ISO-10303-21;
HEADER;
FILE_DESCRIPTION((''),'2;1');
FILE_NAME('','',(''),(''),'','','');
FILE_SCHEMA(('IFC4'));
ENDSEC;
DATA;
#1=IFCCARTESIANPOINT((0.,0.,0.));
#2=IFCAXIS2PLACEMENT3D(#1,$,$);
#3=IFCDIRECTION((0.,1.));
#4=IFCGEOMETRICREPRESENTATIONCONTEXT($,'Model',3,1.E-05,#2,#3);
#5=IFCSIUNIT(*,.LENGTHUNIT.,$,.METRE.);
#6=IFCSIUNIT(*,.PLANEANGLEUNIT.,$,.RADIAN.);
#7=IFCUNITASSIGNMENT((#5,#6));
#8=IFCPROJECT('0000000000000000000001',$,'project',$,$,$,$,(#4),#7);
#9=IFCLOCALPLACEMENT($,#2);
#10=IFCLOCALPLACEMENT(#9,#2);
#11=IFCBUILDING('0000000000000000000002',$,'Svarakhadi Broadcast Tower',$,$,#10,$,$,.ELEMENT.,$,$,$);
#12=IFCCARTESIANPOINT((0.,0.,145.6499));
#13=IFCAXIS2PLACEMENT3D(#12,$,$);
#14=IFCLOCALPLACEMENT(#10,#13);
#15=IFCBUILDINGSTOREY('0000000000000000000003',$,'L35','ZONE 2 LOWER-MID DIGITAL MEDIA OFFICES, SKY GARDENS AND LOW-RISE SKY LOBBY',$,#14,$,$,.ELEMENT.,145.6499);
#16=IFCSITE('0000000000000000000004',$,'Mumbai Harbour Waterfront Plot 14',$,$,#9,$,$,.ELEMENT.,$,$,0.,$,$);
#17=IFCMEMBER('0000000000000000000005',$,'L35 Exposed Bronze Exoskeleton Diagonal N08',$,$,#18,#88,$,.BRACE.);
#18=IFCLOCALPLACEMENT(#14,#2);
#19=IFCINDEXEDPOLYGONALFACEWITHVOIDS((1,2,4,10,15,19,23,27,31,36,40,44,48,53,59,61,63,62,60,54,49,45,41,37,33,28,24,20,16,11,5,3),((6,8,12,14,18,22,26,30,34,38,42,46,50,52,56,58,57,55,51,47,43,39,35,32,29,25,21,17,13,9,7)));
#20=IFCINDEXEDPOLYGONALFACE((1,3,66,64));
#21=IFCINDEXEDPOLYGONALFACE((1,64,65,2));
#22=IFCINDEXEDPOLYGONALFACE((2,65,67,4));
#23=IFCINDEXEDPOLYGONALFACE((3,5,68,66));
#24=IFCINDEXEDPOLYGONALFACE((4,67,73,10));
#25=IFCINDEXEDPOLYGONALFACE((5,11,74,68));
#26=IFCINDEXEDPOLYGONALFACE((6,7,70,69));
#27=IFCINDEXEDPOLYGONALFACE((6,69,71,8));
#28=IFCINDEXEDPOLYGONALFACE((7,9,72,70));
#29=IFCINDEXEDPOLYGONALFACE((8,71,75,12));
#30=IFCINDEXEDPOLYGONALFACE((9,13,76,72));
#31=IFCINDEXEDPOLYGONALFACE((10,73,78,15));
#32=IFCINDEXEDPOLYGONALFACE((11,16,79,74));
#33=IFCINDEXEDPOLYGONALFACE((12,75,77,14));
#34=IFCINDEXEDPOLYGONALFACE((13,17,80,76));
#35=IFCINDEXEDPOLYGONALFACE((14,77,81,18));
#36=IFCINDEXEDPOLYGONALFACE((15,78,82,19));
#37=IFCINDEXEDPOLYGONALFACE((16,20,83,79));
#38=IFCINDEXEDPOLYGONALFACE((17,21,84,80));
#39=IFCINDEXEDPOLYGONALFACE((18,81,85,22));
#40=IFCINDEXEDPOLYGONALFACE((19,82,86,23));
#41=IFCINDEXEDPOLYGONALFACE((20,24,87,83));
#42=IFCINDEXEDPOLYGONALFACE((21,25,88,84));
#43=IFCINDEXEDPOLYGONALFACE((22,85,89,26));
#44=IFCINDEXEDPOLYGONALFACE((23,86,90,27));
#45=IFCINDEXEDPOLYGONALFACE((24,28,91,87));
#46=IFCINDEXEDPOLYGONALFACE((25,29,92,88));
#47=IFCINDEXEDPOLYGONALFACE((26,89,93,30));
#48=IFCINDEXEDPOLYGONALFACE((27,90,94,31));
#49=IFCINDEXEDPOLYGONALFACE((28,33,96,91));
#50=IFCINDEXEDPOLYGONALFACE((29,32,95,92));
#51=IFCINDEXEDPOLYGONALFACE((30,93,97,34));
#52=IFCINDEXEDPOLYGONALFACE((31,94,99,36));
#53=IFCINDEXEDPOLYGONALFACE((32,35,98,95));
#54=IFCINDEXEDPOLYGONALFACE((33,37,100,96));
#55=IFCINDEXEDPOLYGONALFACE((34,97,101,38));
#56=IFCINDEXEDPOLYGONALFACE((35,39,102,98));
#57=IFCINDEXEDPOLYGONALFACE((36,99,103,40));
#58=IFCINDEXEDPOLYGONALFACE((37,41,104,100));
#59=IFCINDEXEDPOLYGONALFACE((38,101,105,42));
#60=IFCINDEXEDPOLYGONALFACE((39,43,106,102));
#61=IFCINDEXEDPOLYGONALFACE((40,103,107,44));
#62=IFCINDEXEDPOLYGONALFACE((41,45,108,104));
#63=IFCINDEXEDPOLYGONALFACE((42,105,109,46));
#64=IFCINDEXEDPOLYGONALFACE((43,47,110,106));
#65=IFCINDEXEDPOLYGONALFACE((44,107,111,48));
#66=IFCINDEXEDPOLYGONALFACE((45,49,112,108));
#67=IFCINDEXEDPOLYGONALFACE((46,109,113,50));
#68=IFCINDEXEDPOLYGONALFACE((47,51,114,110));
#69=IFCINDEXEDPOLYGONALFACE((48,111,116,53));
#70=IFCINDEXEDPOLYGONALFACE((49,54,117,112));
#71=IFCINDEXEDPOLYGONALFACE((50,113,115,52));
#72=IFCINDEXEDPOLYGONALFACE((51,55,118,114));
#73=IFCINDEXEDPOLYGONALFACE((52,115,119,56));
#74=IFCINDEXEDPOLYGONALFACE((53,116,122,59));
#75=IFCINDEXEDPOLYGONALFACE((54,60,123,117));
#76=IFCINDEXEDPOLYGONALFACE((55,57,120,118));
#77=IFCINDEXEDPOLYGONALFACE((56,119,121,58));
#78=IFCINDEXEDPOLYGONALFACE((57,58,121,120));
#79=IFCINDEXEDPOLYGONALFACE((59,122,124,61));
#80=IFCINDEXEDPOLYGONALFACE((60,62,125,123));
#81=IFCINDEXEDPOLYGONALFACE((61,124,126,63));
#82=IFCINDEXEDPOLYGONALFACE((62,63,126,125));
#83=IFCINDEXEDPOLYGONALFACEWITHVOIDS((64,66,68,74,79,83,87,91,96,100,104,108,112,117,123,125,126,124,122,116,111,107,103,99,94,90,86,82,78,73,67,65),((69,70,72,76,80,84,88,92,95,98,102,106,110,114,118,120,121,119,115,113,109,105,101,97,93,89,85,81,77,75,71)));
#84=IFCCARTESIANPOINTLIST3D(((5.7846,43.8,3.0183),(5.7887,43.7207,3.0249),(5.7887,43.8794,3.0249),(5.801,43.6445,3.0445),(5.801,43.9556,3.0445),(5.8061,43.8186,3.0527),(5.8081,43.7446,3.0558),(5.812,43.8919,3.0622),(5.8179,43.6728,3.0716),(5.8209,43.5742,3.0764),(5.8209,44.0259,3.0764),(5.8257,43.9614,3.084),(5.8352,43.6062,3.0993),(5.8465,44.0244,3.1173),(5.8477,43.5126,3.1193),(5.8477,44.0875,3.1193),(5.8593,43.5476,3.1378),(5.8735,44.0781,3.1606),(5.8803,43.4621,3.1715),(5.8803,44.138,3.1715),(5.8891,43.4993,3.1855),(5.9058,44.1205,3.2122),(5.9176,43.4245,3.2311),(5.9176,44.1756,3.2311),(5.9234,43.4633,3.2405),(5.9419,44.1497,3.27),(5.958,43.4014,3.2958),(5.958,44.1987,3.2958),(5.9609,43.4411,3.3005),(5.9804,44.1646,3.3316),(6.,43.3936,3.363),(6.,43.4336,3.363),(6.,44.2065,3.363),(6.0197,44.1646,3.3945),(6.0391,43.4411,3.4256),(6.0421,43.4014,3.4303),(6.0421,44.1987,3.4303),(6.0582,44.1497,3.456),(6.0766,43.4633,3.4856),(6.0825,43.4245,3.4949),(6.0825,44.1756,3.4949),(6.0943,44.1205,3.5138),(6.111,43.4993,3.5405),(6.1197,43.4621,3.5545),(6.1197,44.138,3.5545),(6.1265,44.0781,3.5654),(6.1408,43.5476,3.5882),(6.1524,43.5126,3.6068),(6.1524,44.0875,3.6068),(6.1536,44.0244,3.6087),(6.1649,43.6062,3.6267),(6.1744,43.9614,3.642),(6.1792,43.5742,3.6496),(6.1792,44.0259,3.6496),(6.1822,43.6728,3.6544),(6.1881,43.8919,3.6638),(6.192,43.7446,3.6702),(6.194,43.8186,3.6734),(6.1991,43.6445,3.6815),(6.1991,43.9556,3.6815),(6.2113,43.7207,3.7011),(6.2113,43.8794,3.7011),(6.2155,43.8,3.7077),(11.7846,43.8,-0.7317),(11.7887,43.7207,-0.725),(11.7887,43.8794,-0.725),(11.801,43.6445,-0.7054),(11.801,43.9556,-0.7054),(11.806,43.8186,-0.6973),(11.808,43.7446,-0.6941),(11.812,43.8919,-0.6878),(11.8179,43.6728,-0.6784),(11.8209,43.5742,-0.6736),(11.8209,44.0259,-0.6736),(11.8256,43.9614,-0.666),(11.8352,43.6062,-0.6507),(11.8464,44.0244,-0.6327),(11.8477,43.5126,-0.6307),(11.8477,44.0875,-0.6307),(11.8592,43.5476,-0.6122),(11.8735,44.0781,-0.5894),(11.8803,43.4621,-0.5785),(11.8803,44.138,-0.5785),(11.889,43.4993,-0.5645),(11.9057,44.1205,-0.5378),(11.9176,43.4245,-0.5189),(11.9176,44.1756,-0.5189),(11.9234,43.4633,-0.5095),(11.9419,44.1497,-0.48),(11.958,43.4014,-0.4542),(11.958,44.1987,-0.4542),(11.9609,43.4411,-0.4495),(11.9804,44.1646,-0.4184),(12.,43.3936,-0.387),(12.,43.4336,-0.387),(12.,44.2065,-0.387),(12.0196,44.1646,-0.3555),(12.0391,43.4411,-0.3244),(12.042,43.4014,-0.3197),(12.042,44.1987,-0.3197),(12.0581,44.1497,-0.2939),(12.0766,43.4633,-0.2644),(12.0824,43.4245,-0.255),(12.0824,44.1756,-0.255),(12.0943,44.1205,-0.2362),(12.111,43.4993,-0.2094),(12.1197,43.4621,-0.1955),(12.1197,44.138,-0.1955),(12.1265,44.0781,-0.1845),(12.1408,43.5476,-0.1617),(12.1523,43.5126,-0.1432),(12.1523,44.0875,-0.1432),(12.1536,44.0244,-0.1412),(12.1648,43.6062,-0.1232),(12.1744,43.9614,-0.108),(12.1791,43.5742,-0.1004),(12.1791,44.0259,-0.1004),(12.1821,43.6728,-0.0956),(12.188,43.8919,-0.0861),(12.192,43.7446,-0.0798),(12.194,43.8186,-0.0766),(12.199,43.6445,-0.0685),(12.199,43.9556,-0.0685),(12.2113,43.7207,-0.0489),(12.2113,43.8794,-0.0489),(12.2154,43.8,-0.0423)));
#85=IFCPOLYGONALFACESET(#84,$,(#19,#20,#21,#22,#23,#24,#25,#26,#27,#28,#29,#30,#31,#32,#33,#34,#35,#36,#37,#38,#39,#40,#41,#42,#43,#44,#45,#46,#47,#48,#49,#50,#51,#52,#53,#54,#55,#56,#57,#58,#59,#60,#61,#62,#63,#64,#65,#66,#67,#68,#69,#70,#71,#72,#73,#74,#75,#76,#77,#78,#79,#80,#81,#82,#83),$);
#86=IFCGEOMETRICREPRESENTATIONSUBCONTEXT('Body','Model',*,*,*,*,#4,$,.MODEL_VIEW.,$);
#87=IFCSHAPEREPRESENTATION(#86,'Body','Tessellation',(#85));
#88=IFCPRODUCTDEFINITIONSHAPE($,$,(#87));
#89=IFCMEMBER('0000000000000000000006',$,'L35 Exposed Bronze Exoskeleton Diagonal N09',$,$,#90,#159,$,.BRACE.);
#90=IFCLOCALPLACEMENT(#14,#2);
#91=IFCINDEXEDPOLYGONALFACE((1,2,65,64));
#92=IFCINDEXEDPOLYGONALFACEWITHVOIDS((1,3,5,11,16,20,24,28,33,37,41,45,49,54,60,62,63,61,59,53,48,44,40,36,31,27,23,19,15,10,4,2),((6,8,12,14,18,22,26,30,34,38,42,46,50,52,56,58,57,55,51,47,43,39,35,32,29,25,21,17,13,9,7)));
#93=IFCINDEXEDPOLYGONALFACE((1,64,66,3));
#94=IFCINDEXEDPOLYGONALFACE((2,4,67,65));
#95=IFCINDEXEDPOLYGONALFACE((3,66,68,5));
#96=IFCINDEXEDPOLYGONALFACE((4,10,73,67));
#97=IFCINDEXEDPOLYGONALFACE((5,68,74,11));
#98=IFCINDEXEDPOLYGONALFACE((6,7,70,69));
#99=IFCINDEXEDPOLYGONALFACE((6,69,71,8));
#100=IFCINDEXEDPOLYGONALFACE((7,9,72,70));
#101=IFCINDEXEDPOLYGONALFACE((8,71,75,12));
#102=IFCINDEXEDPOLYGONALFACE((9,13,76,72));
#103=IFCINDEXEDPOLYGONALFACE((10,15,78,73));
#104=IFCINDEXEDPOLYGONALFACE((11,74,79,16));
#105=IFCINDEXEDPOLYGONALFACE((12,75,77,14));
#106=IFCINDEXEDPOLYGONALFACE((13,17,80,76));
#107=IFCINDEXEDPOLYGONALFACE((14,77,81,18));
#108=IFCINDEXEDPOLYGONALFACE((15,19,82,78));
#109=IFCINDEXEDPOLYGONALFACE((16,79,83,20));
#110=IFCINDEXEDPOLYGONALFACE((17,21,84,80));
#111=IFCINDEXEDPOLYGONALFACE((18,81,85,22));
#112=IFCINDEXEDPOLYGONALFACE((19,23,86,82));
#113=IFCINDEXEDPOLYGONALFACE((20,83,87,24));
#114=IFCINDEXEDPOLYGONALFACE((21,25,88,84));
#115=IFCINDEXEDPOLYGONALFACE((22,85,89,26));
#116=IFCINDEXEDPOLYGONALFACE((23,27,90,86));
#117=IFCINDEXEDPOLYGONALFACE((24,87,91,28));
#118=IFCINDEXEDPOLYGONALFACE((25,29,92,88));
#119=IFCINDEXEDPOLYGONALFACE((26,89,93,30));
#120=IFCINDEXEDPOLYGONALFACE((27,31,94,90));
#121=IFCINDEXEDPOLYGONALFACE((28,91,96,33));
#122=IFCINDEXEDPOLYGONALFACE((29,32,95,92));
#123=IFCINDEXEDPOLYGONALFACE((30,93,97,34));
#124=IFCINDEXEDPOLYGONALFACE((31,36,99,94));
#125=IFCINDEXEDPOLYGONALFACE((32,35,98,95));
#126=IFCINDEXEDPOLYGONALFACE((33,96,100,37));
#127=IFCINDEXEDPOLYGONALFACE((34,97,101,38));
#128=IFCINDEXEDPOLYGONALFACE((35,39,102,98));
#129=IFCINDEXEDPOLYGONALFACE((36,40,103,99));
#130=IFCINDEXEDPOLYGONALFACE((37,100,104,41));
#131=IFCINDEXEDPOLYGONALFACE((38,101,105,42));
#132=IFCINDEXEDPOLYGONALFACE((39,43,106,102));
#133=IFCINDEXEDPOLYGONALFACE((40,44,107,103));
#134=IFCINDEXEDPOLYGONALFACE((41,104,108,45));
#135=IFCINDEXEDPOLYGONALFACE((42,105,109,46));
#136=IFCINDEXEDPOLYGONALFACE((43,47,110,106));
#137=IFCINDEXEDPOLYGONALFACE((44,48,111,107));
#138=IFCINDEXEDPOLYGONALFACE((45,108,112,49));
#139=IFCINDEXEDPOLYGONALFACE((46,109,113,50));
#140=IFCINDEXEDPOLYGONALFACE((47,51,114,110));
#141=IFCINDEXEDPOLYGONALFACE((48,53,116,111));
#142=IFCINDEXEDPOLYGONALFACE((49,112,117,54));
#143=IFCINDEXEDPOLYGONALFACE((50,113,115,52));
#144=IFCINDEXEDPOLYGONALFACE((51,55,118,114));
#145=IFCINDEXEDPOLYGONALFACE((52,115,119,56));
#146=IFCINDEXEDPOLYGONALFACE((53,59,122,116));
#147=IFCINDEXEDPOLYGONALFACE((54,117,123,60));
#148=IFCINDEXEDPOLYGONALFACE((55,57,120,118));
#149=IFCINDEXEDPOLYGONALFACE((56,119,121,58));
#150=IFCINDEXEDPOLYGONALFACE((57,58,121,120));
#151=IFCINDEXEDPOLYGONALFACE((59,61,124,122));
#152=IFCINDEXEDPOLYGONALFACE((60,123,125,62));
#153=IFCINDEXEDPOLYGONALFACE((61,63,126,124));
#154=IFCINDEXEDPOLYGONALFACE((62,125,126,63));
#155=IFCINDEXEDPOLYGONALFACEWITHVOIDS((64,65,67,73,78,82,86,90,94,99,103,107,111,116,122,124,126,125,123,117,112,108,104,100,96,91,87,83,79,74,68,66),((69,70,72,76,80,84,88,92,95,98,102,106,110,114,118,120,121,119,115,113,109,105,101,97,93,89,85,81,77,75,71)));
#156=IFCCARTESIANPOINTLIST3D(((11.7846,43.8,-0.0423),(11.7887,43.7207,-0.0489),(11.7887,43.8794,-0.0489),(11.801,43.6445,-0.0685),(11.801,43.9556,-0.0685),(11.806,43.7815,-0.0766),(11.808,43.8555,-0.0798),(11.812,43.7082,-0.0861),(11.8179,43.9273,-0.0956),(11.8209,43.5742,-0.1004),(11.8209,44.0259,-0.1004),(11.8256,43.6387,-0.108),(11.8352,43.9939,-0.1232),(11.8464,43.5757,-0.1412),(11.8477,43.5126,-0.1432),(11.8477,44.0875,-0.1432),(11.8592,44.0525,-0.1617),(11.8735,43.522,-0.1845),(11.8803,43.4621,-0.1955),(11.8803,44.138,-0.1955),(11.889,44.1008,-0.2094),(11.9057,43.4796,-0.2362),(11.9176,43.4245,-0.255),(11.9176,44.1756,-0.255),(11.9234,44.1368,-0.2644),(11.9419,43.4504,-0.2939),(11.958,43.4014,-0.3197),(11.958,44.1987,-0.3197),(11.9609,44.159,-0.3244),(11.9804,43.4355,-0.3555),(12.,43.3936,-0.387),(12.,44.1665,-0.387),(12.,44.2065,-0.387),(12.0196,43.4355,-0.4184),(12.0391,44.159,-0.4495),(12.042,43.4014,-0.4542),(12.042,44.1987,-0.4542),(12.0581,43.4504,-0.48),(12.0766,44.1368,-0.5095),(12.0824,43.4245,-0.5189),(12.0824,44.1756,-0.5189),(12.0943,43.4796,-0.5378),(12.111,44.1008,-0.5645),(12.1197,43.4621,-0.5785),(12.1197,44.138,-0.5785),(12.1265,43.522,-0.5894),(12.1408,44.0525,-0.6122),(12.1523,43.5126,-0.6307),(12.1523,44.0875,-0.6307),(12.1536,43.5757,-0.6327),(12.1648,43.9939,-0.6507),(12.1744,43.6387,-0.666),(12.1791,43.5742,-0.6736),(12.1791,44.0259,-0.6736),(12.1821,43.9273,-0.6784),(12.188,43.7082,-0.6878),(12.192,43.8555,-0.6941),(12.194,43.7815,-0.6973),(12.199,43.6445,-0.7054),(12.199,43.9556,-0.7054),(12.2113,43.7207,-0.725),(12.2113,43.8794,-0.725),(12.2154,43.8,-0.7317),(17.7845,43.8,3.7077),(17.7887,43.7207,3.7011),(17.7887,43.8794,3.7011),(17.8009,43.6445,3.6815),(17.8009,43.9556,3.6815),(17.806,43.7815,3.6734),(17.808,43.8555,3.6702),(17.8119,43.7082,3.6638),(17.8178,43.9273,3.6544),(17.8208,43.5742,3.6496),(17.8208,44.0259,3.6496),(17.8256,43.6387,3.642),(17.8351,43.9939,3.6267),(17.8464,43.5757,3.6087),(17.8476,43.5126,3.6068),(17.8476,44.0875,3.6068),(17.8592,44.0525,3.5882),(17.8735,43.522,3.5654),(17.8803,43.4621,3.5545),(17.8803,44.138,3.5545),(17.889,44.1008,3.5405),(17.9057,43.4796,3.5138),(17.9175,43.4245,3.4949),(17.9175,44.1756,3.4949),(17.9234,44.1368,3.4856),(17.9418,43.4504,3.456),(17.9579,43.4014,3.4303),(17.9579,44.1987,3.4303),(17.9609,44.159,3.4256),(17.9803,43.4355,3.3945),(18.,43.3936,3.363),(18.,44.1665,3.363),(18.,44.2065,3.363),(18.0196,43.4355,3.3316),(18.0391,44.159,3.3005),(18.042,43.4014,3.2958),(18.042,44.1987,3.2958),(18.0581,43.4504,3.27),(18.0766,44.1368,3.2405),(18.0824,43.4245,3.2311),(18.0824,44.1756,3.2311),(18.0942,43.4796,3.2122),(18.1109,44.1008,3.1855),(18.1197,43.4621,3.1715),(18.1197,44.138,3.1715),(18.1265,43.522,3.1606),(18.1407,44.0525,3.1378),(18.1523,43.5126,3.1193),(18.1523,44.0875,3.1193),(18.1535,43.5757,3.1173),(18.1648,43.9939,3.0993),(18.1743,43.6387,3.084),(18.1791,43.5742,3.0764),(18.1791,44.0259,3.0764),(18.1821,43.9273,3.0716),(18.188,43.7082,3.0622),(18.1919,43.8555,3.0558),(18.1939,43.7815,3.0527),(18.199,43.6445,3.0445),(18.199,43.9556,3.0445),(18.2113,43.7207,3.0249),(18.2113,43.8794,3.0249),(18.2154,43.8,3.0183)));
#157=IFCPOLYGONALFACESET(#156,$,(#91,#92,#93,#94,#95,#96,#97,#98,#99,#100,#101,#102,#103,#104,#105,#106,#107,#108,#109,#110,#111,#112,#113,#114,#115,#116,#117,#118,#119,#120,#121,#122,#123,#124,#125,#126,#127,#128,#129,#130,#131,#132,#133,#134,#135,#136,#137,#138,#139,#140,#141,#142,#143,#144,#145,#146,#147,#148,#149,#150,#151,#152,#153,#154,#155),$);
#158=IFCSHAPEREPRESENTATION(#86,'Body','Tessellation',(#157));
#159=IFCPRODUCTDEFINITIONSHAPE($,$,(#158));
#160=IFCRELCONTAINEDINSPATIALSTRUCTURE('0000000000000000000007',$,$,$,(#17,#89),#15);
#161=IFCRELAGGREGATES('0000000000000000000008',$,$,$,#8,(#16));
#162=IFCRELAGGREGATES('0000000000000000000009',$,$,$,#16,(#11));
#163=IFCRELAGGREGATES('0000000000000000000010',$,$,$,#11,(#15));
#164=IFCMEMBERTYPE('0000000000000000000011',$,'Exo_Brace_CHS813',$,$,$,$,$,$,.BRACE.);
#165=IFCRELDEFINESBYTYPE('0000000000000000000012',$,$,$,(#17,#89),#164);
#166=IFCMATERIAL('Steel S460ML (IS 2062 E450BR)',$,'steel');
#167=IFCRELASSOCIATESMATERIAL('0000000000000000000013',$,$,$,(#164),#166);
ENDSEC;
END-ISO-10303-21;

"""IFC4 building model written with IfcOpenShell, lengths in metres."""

from ifc_helpers import new_model, si_unit, direction, frame, origin, origin_2d, place, context, subcontext, project, spatial, hollow_circle, extrude, material, material_profile, profile_set, type_object, element, save


model = new_model("IFC4")

# Units and contexts
model_context = context("Model", 3, precision=1e-05, world=origin(), true_north=direction((0.0, 1.0)))
body_context = subcontext(model_context, "Body", "Model", "MODEL_VIEW")
ifc_project = project(units=[si_unit("LENGTHUNIT", "METRE"), si_unit("PLANEANGLEUNIT", "RADIAN")], contexts=[model_context])

# Site, building, storey
site_placement = place(None, origin())
site = spatial("IfcSite", under=ifc_project, at=site_placement, Name="Mumbai Harbour Waterfront Plot 14", CompositionType="ELEMENT", RefElevation=0.0)
building_placement = place(site_placement, origin())
building = spatial("IfcBuilding", under=site, at=building_placement, Name="Svarakhadi Broadcast Tower", CompositionType="ELEMENT")
storey_placement = place(building_placement, frame((0.0, 0.0, 145.6499)))
storey = spatial("IfcBuildingStorey", under=building, at=storey_placement, Name="L35", Description="ZONE 2 LOWER-MID DIGITAL MEDIA OFFICES, SKY GARDENS AND LOW-RISE SKY LOBBY", CompositionType="ELEMENT", Elevation=145.6499)

# Shared definitions
ifc_material_1 = material(Name="Steel S460ML (IS 2062 E450BR)", Category="steel")

# Members
ifc_material_profile_1 = material_profile(ifc_material_1, hollow_circle(Radius=0.4065, WallThickness=0.04, at=origin_2d()), Name="CHS 813x40")
ifc_profile_set_1 = profile_set([ifc_material_profile_1], Name="Steel S460ML (IS 2062 E450BR)")
member_type_1 = type_object("IfcMemberType", Name="Exo_Brace_CHS813", PredefinedType="BRACE", material=ifc_profile_set_1)
for number, where, z_axis, x_axis, name in (
    (1, (12.0, 43.8, -0.387), (-0.847998, 0.0, 0.529999), (0.0, -1.0, 0.0), "L35 Exposed Bronze Exoskeleton Diagonal N08"),
    (2, (12.0, 43.8, -0.387), (0.847998, 0.0, 0.529999), (0.0, 1.0, 0.0), "L35 Exposed Bronze Exoskeleton Diagonal N09"),
):
    element("IfcMember", number, at=place(storey_placement, frame(where, z_axis=z_axis, x_axis=x_axis)), inside=storey, type_object=member_type_1, Name=name, PredefinedType="BRACE", context=body_context, shape_type="SweptSolid", body=[
        extrude(hollow_circle(Radius=0.4065, WallThickness=0.04, at=origin_2d()), origin(), (0.0, 0.0, 1.0), 7.0754),
    ])

save(model, "model.ifc")
